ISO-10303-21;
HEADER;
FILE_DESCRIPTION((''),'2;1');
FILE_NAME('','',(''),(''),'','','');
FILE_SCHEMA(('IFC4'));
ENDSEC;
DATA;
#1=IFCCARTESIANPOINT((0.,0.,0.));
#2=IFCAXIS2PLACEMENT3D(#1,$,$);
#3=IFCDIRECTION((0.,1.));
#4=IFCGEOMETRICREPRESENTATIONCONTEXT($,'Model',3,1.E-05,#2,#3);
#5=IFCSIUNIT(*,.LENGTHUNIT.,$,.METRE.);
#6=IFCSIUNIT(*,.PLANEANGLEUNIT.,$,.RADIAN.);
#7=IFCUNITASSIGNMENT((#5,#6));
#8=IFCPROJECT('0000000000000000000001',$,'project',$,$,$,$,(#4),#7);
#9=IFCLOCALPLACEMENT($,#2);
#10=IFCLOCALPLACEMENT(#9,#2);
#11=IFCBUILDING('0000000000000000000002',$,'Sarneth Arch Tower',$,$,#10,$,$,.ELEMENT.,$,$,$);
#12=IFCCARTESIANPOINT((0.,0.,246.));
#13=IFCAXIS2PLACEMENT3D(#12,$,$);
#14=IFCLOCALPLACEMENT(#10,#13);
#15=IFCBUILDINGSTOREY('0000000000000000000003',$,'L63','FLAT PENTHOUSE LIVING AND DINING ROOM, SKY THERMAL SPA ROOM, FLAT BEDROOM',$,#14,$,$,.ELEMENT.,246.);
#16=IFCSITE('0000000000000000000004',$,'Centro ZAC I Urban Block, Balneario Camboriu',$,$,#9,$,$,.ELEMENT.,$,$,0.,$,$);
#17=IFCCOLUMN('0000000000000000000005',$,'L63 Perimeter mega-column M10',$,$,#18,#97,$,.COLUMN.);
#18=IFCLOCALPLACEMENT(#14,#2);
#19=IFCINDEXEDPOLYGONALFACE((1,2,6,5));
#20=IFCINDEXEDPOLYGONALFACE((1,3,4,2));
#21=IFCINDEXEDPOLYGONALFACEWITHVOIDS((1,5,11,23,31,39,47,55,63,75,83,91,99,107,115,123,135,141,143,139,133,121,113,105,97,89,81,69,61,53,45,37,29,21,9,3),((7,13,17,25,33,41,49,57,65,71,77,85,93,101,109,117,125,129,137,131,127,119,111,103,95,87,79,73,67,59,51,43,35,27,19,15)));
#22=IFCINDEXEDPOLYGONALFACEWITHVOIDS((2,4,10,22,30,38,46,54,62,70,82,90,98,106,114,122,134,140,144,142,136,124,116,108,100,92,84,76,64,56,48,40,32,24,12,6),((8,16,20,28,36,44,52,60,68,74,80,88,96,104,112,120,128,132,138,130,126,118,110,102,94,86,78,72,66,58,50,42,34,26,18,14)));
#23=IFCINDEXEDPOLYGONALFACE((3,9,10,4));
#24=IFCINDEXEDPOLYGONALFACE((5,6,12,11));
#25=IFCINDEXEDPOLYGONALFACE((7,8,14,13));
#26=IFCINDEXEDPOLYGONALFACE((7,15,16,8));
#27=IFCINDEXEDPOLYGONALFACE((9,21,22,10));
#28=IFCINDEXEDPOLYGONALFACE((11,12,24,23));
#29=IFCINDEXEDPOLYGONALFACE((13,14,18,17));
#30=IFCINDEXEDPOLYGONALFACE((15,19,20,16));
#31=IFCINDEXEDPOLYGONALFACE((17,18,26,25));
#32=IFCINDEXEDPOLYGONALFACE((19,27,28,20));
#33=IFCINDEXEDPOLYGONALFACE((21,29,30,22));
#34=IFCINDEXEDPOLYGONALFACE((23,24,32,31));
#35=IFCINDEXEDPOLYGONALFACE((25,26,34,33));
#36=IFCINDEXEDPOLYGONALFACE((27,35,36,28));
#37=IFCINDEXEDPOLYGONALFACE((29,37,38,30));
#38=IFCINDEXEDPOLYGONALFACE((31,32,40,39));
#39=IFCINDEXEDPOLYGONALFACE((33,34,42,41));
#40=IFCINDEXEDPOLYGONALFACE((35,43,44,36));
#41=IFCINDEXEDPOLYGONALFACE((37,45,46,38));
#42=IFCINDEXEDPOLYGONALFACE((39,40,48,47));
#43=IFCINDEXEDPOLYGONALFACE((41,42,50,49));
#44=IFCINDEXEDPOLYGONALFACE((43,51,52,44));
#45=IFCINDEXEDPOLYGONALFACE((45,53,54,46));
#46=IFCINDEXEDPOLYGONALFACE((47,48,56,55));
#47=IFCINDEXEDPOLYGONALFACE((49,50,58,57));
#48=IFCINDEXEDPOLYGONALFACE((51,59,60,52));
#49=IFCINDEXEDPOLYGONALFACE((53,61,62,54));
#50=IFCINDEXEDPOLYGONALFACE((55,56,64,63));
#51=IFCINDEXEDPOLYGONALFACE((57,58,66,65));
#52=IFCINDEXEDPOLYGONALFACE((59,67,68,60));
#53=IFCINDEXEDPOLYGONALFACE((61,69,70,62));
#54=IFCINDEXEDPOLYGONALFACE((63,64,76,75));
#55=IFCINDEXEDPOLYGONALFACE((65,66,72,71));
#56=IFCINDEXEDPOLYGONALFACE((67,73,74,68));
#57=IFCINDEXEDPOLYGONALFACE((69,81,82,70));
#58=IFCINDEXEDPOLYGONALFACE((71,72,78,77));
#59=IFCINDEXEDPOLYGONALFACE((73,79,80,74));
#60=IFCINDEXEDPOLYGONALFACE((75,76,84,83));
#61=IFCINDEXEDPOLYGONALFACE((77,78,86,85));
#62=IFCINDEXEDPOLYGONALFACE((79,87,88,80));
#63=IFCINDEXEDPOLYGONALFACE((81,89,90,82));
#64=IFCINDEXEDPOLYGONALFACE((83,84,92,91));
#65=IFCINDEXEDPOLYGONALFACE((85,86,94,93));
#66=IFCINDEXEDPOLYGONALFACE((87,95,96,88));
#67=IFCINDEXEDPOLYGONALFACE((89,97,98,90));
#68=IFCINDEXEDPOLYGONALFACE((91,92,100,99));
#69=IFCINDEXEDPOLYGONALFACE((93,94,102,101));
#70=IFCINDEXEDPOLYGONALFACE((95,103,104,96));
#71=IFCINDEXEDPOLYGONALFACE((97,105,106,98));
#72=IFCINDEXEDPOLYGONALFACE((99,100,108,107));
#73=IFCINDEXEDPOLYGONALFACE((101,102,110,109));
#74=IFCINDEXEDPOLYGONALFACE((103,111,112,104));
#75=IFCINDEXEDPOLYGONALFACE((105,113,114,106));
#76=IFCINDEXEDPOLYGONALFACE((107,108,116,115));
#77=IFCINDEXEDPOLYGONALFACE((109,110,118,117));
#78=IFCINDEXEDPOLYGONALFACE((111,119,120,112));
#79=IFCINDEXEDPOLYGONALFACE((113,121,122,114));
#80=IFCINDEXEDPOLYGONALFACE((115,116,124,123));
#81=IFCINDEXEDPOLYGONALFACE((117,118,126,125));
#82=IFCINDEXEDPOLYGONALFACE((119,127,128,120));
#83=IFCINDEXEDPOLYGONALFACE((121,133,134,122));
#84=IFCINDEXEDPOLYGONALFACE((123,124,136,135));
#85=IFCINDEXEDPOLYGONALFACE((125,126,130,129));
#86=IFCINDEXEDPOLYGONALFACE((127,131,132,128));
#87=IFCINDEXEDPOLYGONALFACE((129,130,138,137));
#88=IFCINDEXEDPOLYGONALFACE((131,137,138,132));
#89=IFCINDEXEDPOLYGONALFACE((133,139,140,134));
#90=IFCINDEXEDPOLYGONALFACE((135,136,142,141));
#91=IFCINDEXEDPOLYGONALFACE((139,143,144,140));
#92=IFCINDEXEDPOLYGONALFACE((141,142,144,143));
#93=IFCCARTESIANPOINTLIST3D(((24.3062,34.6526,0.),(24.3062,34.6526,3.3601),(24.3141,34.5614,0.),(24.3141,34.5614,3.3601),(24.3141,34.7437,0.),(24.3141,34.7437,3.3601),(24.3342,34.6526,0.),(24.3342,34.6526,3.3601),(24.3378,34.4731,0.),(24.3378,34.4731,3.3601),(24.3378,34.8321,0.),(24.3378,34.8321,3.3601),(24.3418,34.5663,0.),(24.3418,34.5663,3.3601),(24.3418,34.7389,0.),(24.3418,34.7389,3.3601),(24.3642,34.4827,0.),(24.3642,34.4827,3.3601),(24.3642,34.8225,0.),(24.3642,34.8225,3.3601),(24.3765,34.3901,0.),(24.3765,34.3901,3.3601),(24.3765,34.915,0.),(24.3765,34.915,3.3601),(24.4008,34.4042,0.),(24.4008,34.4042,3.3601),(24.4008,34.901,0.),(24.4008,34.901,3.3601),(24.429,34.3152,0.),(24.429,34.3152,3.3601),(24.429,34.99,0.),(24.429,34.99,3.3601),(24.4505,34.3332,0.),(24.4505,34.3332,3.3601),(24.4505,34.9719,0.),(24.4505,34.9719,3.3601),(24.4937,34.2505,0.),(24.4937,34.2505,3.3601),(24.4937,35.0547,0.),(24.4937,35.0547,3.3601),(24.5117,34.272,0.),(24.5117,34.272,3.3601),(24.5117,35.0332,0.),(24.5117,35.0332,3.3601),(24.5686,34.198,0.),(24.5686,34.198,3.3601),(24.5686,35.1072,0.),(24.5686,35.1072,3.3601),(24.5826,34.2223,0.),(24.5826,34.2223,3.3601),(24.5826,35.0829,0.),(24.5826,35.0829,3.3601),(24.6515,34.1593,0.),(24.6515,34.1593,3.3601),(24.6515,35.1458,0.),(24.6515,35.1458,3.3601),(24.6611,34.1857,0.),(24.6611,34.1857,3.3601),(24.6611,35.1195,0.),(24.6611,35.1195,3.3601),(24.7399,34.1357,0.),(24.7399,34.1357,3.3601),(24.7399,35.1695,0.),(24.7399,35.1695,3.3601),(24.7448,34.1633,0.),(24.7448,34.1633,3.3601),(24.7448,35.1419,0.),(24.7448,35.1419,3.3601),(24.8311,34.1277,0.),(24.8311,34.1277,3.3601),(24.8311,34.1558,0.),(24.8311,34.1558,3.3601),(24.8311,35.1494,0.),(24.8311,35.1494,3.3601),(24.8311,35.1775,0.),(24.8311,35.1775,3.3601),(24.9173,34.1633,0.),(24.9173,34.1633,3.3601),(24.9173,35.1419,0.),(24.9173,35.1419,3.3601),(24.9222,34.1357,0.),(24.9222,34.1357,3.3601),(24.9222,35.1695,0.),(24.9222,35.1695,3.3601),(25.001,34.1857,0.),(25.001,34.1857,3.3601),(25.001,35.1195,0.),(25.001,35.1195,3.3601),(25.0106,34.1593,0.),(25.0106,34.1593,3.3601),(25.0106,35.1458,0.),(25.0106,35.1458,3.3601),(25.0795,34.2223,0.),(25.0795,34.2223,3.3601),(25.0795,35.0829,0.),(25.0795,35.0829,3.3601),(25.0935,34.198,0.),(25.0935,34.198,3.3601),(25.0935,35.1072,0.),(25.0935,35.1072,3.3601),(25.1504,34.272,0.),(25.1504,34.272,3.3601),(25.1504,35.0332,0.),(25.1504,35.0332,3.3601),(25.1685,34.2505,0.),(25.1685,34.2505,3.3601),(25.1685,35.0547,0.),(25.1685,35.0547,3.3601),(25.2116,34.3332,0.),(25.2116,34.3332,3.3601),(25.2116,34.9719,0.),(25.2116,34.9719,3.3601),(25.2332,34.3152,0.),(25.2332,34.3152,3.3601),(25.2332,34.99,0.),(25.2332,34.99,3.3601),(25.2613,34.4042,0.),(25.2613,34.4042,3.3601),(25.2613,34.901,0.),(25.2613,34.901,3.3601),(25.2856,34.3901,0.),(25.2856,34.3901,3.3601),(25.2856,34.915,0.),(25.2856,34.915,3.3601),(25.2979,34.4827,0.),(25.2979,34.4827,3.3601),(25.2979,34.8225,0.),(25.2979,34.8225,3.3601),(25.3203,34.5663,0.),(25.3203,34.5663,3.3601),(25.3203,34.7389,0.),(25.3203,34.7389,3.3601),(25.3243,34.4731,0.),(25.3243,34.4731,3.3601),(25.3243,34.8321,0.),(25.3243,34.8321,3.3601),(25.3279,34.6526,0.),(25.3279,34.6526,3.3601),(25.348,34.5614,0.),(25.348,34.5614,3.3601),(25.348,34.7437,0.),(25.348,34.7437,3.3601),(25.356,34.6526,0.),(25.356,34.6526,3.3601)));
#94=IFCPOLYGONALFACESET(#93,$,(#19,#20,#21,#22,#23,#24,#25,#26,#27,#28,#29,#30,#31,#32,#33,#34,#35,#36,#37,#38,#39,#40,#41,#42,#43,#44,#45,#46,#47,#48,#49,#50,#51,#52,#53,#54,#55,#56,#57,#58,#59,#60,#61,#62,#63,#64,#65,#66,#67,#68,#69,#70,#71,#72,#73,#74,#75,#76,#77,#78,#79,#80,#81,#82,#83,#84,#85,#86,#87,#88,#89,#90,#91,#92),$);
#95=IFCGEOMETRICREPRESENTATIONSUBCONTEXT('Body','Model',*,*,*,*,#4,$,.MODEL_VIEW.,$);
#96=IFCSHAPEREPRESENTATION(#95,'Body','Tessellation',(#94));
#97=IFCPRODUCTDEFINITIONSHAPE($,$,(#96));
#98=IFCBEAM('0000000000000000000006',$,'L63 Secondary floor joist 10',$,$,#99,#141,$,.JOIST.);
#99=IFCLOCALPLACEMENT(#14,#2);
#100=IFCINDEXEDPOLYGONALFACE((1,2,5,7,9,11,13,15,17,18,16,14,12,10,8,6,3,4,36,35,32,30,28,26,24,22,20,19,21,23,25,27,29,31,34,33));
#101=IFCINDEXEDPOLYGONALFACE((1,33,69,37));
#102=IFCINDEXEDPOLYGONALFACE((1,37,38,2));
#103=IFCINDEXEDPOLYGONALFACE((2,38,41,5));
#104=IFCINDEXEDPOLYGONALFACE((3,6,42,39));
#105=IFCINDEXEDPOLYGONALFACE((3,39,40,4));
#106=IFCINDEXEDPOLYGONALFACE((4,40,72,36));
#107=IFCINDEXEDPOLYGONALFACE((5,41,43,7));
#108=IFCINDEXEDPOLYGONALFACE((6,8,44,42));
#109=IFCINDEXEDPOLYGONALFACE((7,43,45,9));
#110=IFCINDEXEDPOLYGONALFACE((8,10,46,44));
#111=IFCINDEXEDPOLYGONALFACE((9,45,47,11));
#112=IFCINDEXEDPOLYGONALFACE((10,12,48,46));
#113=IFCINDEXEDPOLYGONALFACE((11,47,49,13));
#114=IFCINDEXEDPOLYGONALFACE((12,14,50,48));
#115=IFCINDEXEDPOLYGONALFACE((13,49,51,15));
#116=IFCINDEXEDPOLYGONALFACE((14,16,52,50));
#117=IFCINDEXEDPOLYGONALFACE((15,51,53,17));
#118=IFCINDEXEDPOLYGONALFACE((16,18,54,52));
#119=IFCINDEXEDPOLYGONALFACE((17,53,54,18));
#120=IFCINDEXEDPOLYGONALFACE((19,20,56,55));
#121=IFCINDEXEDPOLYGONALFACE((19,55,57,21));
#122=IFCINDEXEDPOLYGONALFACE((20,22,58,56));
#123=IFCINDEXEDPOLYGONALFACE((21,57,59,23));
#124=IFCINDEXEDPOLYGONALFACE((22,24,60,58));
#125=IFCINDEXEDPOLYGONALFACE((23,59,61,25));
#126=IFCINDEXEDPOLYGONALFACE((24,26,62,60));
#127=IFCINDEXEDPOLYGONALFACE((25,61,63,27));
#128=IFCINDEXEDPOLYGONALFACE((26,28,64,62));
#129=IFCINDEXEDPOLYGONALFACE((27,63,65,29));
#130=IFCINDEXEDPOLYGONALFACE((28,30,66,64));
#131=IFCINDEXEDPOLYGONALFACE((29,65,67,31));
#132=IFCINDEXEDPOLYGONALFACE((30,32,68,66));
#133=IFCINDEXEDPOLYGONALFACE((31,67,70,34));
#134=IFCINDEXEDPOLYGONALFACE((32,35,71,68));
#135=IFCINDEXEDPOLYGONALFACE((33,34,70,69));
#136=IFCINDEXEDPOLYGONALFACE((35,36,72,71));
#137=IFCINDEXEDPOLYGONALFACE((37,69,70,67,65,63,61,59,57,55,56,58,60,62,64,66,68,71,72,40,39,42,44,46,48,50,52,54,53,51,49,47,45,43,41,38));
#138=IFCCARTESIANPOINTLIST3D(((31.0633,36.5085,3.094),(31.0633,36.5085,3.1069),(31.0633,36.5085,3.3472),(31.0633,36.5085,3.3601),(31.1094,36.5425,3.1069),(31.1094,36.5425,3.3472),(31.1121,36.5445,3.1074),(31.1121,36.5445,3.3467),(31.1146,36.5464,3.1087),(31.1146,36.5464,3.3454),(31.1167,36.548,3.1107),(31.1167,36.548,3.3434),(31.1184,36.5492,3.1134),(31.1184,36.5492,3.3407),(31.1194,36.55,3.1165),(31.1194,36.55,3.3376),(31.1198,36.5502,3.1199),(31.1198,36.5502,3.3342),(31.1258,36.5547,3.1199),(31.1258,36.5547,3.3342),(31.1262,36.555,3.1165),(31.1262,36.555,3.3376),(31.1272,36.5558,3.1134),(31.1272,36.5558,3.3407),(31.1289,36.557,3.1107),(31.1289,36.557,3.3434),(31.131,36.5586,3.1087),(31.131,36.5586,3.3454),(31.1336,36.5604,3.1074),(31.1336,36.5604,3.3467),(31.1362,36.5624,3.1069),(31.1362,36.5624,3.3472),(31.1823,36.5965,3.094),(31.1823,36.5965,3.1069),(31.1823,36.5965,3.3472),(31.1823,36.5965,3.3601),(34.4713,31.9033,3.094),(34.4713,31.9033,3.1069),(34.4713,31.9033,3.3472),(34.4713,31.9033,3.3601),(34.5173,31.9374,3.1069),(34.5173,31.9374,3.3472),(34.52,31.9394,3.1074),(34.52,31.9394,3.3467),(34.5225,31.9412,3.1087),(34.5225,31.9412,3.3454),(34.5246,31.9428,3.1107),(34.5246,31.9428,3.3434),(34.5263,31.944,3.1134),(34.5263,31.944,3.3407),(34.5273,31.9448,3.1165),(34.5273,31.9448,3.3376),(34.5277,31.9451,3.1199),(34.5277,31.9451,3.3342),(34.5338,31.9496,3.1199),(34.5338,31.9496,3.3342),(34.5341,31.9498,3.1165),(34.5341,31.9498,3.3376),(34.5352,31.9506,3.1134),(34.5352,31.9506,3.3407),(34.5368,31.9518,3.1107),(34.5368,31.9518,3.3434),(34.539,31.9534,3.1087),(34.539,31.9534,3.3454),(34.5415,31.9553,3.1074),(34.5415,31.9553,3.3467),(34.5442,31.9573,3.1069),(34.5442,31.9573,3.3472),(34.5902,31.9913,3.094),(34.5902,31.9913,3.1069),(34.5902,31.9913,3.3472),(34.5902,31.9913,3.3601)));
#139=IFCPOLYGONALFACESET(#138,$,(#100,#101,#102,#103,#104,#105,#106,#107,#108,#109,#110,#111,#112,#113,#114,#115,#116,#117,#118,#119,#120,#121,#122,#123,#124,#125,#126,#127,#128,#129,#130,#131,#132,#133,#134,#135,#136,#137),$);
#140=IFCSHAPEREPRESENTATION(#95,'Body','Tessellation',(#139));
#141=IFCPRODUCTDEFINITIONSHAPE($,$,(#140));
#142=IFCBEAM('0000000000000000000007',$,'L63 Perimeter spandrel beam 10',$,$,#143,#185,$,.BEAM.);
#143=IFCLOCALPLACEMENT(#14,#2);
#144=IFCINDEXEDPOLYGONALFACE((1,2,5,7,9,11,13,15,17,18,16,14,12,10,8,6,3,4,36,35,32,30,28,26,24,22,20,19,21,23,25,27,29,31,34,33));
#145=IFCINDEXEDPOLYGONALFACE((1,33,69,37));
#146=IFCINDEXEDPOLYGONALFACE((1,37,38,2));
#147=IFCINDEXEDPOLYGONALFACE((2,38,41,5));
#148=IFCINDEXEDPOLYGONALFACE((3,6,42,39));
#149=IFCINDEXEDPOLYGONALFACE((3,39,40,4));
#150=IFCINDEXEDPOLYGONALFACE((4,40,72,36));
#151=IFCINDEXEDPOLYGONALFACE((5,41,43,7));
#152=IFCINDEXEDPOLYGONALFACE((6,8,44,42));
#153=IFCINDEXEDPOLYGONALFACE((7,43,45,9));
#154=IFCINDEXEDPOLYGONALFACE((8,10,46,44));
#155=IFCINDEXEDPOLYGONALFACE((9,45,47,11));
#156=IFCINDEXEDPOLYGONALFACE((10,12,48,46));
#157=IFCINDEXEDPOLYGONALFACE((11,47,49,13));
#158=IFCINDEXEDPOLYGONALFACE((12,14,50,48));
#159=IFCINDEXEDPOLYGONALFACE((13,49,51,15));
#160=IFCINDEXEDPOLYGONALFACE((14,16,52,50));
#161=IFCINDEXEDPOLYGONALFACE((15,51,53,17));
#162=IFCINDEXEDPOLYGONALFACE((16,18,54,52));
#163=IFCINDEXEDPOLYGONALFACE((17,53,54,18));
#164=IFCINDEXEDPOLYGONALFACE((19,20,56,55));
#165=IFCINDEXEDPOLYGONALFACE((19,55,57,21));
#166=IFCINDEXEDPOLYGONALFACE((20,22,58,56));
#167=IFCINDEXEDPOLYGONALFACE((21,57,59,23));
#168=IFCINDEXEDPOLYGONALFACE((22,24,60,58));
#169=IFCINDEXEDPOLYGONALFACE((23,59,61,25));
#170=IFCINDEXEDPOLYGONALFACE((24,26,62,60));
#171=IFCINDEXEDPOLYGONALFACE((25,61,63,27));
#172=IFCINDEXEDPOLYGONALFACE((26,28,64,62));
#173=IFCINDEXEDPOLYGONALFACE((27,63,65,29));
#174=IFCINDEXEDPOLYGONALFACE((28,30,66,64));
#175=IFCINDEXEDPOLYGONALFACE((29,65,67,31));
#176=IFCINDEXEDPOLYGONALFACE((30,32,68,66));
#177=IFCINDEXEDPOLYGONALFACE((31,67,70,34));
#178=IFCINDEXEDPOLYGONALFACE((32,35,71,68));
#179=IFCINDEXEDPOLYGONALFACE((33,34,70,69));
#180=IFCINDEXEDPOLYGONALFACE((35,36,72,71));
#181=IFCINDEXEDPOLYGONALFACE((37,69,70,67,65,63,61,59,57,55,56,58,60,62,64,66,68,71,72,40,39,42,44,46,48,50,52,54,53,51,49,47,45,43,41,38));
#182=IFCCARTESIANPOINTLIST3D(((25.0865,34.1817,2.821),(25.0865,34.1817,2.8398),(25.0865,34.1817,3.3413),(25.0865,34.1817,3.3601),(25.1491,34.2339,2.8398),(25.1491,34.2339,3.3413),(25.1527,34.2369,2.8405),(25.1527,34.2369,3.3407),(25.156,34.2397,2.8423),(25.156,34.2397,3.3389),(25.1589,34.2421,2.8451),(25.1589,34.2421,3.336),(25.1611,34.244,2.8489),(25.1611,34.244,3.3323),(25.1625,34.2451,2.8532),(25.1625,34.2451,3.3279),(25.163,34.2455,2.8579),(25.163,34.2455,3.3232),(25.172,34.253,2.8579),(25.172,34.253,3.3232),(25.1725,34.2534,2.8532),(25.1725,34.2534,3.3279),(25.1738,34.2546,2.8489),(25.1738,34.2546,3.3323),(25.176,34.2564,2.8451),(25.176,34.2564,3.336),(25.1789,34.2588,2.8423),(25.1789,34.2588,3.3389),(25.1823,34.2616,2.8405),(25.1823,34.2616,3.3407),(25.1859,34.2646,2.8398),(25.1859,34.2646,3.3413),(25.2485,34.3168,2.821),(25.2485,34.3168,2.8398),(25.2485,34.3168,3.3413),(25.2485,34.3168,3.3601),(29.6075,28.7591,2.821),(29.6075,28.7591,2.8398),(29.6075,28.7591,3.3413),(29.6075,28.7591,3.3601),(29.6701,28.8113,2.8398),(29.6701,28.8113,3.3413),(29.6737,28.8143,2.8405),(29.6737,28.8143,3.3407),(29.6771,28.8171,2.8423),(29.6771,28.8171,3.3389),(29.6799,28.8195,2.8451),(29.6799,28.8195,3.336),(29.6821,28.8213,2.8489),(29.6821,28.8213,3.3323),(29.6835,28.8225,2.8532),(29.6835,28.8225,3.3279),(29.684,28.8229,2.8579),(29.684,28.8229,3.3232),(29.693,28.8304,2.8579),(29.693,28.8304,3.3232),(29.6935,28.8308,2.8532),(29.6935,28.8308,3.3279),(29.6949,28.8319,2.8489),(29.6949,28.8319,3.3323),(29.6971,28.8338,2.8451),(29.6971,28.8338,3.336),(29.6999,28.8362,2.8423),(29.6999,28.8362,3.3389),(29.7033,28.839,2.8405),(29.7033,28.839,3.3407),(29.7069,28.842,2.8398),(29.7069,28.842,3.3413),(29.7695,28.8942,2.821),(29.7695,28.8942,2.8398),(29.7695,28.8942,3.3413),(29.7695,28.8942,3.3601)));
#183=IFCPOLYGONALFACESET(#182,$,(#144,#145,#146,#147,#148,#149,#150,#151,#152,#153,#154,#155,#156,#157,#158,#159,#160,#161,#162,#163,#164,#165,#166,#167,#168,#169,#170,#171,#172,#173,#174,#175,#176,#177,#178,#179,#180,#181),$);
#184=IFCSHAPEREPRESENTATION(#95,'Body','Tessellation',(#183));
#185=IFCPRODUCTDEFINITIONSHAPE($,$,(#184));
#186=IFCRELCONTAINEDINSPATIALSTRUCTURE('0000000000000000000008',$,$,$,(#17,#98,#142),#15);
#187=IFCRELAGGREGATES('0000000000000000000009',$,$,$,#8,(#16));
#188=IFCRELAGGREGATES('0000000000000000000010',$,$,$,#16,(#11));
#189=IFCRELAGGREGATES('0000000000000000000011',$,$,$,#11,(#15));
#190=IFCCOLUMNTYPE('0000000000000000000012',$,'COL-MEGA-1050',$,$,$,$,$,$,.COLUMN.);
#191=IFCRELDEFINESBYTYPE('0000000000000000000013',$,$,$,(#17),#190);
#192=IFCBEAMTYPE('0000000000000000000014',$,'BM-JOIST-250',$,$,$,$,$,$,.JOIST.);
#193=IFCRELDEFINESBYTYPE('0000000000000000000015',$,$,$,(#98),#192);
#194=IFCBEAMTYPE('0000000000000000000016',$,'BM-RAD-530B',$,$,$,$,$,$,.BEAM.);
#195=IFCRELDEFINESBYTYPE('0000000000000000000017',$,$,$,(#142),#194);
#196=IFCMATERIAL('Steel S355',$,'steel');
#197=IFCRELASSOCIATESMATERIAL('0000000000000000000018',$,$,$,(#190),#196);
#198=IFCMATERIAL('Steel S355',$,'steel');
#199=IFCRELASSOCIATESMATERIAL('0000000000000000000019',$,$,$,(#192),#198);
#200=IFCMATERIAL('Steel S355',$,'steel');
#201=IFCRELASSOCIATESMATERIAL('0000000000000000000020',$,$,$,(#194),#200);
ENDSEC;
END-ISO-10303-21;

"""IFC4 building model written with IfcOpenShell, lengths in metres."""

from ifc_helpers import new_model, si_unit, direction, frame, origin, origin_2d, place, context, subcontext, project, spatial, hollow_circle, i_section, extrude, material, material_profile, profile_set, type_object, element, save


model = new_model("IFC4")

# Units and contexts
model_context = context("Model", 3, precision=1e-05, world=origin(), true_north=direction((0.0, 1.0)))
body_context = subcontext(model_context, "Body", "Model", "MODEL_VIEW")
ifc_project = project(units=[si_unit("LENGTHUNIT", "METRE"), si_unit("PLANEANGLEUNIT", "RADIAN")], contexts=[model_context])

# Site, building, storey
site_placement = place(None, origin())
site = spatial("IfcSite", under=ifc_project, at=site_placement, Name="Centro ZAC I Urban Block, Balneario Camboriu", CompositionType="ELEMENT", RefElevation=0.0)
building_placement = place(site_placement, origin())
building = spatial("IfcBuilding", under=site, at=building_placement, Name="Sarneth Arch Tower", CompositionType="ELEMENT")
storey_placement = place(building_placement, frame((0.0, 0.0, 246.0)))
storey = spatial("IfcBuildingStorey", under=building, at=storey_placement, Name="L63", Description="FLAT PENTHOUSE LIVING AND DINING ROOM, SKY THERMAL SPA ROOM, FLAT BEDROOM", CompositionType="ELEMENT", Elevation=246.0)

# Column
ifc_material_1 = material(Name="Steel S355", Category="steel")
ifc_material_profile_1 = material_profile(ifc_material_1, hollow_circle(Radius=0.5249, WallThickness=0.0281, at=origin_2d()), Name="CHS1050x28")
ifc_profile_set_1 = profile_set([ifc_material_profile_1], Name="Steel S355")
column_type = type_object("IfcColumnType", Name="COL-MEGA-1050", PredefinedType="COLUMN", material=ifc_profile_set_1)
column_placement = place(storey_placement, frame((24.8311, 34.6526, 0.0), z_axis=(0.0, 0.0, 1.0), x_axis=(1.0, 0.0, 0.0)))
element("IfcColumn", 1, at=column_placement, inside=storey, type_object=column_type, Name="L63 Perimeter mega-column M10", PredefinedType="COLUMN", context=body_context, shape_type="SweptSolid", body=[
    extrude(hollow_circle(Radius=0.5249, WallThickness=0.0281, at=origin_2d()), origin(), (0.0, 0.0, 1.0), 3.3601),
])

# Beams
ifc_material_2 = material(Name="Steel S355", Category="steel")
ifc_material_profile_2 = material_profile(ifc_material_2, i_section(OverallWidth=0.1479, OverallDepth=0.2661, WebThickness=0.0076, FlangeThickness=0.0129, FilletRadius=0.0129, at=origin_2d()), Name="W250x44.8")
ifc_profile_set_2 = profile_set([ifc_material_profile_2], Name="Steel S355")
beam_type_1 = type_object("IfcBeamType", Name="BM-JOIST-250", PredefinedType="JOIST", material=ifc_profile_set_2)
beam_1_placement = place(storey_placement, frame((31.1228, 36.5525, 3.2271), z_axis=(0.594853, -0.803834, 0.0), x_axis=(0.803834, 0.594853, 0.0)))
element("IfcBeam", 2, at=beam_1_placement, inside=storey, type_object=beam_type_1, Name="L63 Secondary floor joist 10", PredefinedType="JOIST", context=body_context, shape_type="SweptSolid", body=[
    extrude(i_section(OverallWidth=0.1479, OverallDepth=0.2661, WebThickness=0.0076, FlangeThickness=0.0129, FilletRadius=0.0129, at=origin_2d()), origin(), (0.0, 0.0, 1.0), 5.729),
])
ifc_material_3 = material(Name="Steel S355", Category="steel")
ifc_material_profile_3 = material_profile(ifc_material_3, i_section(OverallWidth=0.2109, OverallDepth=0.5391, WebThickness=0.0117, FlangeThickness=0.0188, FilletRadius=0.0181, at=origin_2d()), Name="W530x109")
ifc_profile_set_3 = profile_set([ifc_material_profile_3], Name="Steel S355")
beam_type_2 = type_object("IfcBeamType", Name="BM-RAD-530B", PredefinedType="BEAM", material=ifc_profile_set_3)
beam_2_placement = place(storey_placement, frame((25.1675, 34.2493, 3.0906), z_axis=(0.640365, -0.768071, 0.0), x_axis=(0.768071, 0.640365, 0.0)))
element("IfcBeam", 3, at=beam_2_placement, inside=storey, type_object=beam_type_2, Name="L63 Perimeter spandrel beam 10", PredefinedType="BEAM", context=body_context, shape_type="SweptSolid", body=[
    extrude(i_section(OverallWidth=0.2109, OverallDepth=0.5391, WebThickness=0.0117, FlangeThickness=0.0188, FilletRadius=0.0181, at=origin_2d()), origin(), (0.0, 0.0, 1.0), 7.0601),
])

save(model, "model.ifc")
